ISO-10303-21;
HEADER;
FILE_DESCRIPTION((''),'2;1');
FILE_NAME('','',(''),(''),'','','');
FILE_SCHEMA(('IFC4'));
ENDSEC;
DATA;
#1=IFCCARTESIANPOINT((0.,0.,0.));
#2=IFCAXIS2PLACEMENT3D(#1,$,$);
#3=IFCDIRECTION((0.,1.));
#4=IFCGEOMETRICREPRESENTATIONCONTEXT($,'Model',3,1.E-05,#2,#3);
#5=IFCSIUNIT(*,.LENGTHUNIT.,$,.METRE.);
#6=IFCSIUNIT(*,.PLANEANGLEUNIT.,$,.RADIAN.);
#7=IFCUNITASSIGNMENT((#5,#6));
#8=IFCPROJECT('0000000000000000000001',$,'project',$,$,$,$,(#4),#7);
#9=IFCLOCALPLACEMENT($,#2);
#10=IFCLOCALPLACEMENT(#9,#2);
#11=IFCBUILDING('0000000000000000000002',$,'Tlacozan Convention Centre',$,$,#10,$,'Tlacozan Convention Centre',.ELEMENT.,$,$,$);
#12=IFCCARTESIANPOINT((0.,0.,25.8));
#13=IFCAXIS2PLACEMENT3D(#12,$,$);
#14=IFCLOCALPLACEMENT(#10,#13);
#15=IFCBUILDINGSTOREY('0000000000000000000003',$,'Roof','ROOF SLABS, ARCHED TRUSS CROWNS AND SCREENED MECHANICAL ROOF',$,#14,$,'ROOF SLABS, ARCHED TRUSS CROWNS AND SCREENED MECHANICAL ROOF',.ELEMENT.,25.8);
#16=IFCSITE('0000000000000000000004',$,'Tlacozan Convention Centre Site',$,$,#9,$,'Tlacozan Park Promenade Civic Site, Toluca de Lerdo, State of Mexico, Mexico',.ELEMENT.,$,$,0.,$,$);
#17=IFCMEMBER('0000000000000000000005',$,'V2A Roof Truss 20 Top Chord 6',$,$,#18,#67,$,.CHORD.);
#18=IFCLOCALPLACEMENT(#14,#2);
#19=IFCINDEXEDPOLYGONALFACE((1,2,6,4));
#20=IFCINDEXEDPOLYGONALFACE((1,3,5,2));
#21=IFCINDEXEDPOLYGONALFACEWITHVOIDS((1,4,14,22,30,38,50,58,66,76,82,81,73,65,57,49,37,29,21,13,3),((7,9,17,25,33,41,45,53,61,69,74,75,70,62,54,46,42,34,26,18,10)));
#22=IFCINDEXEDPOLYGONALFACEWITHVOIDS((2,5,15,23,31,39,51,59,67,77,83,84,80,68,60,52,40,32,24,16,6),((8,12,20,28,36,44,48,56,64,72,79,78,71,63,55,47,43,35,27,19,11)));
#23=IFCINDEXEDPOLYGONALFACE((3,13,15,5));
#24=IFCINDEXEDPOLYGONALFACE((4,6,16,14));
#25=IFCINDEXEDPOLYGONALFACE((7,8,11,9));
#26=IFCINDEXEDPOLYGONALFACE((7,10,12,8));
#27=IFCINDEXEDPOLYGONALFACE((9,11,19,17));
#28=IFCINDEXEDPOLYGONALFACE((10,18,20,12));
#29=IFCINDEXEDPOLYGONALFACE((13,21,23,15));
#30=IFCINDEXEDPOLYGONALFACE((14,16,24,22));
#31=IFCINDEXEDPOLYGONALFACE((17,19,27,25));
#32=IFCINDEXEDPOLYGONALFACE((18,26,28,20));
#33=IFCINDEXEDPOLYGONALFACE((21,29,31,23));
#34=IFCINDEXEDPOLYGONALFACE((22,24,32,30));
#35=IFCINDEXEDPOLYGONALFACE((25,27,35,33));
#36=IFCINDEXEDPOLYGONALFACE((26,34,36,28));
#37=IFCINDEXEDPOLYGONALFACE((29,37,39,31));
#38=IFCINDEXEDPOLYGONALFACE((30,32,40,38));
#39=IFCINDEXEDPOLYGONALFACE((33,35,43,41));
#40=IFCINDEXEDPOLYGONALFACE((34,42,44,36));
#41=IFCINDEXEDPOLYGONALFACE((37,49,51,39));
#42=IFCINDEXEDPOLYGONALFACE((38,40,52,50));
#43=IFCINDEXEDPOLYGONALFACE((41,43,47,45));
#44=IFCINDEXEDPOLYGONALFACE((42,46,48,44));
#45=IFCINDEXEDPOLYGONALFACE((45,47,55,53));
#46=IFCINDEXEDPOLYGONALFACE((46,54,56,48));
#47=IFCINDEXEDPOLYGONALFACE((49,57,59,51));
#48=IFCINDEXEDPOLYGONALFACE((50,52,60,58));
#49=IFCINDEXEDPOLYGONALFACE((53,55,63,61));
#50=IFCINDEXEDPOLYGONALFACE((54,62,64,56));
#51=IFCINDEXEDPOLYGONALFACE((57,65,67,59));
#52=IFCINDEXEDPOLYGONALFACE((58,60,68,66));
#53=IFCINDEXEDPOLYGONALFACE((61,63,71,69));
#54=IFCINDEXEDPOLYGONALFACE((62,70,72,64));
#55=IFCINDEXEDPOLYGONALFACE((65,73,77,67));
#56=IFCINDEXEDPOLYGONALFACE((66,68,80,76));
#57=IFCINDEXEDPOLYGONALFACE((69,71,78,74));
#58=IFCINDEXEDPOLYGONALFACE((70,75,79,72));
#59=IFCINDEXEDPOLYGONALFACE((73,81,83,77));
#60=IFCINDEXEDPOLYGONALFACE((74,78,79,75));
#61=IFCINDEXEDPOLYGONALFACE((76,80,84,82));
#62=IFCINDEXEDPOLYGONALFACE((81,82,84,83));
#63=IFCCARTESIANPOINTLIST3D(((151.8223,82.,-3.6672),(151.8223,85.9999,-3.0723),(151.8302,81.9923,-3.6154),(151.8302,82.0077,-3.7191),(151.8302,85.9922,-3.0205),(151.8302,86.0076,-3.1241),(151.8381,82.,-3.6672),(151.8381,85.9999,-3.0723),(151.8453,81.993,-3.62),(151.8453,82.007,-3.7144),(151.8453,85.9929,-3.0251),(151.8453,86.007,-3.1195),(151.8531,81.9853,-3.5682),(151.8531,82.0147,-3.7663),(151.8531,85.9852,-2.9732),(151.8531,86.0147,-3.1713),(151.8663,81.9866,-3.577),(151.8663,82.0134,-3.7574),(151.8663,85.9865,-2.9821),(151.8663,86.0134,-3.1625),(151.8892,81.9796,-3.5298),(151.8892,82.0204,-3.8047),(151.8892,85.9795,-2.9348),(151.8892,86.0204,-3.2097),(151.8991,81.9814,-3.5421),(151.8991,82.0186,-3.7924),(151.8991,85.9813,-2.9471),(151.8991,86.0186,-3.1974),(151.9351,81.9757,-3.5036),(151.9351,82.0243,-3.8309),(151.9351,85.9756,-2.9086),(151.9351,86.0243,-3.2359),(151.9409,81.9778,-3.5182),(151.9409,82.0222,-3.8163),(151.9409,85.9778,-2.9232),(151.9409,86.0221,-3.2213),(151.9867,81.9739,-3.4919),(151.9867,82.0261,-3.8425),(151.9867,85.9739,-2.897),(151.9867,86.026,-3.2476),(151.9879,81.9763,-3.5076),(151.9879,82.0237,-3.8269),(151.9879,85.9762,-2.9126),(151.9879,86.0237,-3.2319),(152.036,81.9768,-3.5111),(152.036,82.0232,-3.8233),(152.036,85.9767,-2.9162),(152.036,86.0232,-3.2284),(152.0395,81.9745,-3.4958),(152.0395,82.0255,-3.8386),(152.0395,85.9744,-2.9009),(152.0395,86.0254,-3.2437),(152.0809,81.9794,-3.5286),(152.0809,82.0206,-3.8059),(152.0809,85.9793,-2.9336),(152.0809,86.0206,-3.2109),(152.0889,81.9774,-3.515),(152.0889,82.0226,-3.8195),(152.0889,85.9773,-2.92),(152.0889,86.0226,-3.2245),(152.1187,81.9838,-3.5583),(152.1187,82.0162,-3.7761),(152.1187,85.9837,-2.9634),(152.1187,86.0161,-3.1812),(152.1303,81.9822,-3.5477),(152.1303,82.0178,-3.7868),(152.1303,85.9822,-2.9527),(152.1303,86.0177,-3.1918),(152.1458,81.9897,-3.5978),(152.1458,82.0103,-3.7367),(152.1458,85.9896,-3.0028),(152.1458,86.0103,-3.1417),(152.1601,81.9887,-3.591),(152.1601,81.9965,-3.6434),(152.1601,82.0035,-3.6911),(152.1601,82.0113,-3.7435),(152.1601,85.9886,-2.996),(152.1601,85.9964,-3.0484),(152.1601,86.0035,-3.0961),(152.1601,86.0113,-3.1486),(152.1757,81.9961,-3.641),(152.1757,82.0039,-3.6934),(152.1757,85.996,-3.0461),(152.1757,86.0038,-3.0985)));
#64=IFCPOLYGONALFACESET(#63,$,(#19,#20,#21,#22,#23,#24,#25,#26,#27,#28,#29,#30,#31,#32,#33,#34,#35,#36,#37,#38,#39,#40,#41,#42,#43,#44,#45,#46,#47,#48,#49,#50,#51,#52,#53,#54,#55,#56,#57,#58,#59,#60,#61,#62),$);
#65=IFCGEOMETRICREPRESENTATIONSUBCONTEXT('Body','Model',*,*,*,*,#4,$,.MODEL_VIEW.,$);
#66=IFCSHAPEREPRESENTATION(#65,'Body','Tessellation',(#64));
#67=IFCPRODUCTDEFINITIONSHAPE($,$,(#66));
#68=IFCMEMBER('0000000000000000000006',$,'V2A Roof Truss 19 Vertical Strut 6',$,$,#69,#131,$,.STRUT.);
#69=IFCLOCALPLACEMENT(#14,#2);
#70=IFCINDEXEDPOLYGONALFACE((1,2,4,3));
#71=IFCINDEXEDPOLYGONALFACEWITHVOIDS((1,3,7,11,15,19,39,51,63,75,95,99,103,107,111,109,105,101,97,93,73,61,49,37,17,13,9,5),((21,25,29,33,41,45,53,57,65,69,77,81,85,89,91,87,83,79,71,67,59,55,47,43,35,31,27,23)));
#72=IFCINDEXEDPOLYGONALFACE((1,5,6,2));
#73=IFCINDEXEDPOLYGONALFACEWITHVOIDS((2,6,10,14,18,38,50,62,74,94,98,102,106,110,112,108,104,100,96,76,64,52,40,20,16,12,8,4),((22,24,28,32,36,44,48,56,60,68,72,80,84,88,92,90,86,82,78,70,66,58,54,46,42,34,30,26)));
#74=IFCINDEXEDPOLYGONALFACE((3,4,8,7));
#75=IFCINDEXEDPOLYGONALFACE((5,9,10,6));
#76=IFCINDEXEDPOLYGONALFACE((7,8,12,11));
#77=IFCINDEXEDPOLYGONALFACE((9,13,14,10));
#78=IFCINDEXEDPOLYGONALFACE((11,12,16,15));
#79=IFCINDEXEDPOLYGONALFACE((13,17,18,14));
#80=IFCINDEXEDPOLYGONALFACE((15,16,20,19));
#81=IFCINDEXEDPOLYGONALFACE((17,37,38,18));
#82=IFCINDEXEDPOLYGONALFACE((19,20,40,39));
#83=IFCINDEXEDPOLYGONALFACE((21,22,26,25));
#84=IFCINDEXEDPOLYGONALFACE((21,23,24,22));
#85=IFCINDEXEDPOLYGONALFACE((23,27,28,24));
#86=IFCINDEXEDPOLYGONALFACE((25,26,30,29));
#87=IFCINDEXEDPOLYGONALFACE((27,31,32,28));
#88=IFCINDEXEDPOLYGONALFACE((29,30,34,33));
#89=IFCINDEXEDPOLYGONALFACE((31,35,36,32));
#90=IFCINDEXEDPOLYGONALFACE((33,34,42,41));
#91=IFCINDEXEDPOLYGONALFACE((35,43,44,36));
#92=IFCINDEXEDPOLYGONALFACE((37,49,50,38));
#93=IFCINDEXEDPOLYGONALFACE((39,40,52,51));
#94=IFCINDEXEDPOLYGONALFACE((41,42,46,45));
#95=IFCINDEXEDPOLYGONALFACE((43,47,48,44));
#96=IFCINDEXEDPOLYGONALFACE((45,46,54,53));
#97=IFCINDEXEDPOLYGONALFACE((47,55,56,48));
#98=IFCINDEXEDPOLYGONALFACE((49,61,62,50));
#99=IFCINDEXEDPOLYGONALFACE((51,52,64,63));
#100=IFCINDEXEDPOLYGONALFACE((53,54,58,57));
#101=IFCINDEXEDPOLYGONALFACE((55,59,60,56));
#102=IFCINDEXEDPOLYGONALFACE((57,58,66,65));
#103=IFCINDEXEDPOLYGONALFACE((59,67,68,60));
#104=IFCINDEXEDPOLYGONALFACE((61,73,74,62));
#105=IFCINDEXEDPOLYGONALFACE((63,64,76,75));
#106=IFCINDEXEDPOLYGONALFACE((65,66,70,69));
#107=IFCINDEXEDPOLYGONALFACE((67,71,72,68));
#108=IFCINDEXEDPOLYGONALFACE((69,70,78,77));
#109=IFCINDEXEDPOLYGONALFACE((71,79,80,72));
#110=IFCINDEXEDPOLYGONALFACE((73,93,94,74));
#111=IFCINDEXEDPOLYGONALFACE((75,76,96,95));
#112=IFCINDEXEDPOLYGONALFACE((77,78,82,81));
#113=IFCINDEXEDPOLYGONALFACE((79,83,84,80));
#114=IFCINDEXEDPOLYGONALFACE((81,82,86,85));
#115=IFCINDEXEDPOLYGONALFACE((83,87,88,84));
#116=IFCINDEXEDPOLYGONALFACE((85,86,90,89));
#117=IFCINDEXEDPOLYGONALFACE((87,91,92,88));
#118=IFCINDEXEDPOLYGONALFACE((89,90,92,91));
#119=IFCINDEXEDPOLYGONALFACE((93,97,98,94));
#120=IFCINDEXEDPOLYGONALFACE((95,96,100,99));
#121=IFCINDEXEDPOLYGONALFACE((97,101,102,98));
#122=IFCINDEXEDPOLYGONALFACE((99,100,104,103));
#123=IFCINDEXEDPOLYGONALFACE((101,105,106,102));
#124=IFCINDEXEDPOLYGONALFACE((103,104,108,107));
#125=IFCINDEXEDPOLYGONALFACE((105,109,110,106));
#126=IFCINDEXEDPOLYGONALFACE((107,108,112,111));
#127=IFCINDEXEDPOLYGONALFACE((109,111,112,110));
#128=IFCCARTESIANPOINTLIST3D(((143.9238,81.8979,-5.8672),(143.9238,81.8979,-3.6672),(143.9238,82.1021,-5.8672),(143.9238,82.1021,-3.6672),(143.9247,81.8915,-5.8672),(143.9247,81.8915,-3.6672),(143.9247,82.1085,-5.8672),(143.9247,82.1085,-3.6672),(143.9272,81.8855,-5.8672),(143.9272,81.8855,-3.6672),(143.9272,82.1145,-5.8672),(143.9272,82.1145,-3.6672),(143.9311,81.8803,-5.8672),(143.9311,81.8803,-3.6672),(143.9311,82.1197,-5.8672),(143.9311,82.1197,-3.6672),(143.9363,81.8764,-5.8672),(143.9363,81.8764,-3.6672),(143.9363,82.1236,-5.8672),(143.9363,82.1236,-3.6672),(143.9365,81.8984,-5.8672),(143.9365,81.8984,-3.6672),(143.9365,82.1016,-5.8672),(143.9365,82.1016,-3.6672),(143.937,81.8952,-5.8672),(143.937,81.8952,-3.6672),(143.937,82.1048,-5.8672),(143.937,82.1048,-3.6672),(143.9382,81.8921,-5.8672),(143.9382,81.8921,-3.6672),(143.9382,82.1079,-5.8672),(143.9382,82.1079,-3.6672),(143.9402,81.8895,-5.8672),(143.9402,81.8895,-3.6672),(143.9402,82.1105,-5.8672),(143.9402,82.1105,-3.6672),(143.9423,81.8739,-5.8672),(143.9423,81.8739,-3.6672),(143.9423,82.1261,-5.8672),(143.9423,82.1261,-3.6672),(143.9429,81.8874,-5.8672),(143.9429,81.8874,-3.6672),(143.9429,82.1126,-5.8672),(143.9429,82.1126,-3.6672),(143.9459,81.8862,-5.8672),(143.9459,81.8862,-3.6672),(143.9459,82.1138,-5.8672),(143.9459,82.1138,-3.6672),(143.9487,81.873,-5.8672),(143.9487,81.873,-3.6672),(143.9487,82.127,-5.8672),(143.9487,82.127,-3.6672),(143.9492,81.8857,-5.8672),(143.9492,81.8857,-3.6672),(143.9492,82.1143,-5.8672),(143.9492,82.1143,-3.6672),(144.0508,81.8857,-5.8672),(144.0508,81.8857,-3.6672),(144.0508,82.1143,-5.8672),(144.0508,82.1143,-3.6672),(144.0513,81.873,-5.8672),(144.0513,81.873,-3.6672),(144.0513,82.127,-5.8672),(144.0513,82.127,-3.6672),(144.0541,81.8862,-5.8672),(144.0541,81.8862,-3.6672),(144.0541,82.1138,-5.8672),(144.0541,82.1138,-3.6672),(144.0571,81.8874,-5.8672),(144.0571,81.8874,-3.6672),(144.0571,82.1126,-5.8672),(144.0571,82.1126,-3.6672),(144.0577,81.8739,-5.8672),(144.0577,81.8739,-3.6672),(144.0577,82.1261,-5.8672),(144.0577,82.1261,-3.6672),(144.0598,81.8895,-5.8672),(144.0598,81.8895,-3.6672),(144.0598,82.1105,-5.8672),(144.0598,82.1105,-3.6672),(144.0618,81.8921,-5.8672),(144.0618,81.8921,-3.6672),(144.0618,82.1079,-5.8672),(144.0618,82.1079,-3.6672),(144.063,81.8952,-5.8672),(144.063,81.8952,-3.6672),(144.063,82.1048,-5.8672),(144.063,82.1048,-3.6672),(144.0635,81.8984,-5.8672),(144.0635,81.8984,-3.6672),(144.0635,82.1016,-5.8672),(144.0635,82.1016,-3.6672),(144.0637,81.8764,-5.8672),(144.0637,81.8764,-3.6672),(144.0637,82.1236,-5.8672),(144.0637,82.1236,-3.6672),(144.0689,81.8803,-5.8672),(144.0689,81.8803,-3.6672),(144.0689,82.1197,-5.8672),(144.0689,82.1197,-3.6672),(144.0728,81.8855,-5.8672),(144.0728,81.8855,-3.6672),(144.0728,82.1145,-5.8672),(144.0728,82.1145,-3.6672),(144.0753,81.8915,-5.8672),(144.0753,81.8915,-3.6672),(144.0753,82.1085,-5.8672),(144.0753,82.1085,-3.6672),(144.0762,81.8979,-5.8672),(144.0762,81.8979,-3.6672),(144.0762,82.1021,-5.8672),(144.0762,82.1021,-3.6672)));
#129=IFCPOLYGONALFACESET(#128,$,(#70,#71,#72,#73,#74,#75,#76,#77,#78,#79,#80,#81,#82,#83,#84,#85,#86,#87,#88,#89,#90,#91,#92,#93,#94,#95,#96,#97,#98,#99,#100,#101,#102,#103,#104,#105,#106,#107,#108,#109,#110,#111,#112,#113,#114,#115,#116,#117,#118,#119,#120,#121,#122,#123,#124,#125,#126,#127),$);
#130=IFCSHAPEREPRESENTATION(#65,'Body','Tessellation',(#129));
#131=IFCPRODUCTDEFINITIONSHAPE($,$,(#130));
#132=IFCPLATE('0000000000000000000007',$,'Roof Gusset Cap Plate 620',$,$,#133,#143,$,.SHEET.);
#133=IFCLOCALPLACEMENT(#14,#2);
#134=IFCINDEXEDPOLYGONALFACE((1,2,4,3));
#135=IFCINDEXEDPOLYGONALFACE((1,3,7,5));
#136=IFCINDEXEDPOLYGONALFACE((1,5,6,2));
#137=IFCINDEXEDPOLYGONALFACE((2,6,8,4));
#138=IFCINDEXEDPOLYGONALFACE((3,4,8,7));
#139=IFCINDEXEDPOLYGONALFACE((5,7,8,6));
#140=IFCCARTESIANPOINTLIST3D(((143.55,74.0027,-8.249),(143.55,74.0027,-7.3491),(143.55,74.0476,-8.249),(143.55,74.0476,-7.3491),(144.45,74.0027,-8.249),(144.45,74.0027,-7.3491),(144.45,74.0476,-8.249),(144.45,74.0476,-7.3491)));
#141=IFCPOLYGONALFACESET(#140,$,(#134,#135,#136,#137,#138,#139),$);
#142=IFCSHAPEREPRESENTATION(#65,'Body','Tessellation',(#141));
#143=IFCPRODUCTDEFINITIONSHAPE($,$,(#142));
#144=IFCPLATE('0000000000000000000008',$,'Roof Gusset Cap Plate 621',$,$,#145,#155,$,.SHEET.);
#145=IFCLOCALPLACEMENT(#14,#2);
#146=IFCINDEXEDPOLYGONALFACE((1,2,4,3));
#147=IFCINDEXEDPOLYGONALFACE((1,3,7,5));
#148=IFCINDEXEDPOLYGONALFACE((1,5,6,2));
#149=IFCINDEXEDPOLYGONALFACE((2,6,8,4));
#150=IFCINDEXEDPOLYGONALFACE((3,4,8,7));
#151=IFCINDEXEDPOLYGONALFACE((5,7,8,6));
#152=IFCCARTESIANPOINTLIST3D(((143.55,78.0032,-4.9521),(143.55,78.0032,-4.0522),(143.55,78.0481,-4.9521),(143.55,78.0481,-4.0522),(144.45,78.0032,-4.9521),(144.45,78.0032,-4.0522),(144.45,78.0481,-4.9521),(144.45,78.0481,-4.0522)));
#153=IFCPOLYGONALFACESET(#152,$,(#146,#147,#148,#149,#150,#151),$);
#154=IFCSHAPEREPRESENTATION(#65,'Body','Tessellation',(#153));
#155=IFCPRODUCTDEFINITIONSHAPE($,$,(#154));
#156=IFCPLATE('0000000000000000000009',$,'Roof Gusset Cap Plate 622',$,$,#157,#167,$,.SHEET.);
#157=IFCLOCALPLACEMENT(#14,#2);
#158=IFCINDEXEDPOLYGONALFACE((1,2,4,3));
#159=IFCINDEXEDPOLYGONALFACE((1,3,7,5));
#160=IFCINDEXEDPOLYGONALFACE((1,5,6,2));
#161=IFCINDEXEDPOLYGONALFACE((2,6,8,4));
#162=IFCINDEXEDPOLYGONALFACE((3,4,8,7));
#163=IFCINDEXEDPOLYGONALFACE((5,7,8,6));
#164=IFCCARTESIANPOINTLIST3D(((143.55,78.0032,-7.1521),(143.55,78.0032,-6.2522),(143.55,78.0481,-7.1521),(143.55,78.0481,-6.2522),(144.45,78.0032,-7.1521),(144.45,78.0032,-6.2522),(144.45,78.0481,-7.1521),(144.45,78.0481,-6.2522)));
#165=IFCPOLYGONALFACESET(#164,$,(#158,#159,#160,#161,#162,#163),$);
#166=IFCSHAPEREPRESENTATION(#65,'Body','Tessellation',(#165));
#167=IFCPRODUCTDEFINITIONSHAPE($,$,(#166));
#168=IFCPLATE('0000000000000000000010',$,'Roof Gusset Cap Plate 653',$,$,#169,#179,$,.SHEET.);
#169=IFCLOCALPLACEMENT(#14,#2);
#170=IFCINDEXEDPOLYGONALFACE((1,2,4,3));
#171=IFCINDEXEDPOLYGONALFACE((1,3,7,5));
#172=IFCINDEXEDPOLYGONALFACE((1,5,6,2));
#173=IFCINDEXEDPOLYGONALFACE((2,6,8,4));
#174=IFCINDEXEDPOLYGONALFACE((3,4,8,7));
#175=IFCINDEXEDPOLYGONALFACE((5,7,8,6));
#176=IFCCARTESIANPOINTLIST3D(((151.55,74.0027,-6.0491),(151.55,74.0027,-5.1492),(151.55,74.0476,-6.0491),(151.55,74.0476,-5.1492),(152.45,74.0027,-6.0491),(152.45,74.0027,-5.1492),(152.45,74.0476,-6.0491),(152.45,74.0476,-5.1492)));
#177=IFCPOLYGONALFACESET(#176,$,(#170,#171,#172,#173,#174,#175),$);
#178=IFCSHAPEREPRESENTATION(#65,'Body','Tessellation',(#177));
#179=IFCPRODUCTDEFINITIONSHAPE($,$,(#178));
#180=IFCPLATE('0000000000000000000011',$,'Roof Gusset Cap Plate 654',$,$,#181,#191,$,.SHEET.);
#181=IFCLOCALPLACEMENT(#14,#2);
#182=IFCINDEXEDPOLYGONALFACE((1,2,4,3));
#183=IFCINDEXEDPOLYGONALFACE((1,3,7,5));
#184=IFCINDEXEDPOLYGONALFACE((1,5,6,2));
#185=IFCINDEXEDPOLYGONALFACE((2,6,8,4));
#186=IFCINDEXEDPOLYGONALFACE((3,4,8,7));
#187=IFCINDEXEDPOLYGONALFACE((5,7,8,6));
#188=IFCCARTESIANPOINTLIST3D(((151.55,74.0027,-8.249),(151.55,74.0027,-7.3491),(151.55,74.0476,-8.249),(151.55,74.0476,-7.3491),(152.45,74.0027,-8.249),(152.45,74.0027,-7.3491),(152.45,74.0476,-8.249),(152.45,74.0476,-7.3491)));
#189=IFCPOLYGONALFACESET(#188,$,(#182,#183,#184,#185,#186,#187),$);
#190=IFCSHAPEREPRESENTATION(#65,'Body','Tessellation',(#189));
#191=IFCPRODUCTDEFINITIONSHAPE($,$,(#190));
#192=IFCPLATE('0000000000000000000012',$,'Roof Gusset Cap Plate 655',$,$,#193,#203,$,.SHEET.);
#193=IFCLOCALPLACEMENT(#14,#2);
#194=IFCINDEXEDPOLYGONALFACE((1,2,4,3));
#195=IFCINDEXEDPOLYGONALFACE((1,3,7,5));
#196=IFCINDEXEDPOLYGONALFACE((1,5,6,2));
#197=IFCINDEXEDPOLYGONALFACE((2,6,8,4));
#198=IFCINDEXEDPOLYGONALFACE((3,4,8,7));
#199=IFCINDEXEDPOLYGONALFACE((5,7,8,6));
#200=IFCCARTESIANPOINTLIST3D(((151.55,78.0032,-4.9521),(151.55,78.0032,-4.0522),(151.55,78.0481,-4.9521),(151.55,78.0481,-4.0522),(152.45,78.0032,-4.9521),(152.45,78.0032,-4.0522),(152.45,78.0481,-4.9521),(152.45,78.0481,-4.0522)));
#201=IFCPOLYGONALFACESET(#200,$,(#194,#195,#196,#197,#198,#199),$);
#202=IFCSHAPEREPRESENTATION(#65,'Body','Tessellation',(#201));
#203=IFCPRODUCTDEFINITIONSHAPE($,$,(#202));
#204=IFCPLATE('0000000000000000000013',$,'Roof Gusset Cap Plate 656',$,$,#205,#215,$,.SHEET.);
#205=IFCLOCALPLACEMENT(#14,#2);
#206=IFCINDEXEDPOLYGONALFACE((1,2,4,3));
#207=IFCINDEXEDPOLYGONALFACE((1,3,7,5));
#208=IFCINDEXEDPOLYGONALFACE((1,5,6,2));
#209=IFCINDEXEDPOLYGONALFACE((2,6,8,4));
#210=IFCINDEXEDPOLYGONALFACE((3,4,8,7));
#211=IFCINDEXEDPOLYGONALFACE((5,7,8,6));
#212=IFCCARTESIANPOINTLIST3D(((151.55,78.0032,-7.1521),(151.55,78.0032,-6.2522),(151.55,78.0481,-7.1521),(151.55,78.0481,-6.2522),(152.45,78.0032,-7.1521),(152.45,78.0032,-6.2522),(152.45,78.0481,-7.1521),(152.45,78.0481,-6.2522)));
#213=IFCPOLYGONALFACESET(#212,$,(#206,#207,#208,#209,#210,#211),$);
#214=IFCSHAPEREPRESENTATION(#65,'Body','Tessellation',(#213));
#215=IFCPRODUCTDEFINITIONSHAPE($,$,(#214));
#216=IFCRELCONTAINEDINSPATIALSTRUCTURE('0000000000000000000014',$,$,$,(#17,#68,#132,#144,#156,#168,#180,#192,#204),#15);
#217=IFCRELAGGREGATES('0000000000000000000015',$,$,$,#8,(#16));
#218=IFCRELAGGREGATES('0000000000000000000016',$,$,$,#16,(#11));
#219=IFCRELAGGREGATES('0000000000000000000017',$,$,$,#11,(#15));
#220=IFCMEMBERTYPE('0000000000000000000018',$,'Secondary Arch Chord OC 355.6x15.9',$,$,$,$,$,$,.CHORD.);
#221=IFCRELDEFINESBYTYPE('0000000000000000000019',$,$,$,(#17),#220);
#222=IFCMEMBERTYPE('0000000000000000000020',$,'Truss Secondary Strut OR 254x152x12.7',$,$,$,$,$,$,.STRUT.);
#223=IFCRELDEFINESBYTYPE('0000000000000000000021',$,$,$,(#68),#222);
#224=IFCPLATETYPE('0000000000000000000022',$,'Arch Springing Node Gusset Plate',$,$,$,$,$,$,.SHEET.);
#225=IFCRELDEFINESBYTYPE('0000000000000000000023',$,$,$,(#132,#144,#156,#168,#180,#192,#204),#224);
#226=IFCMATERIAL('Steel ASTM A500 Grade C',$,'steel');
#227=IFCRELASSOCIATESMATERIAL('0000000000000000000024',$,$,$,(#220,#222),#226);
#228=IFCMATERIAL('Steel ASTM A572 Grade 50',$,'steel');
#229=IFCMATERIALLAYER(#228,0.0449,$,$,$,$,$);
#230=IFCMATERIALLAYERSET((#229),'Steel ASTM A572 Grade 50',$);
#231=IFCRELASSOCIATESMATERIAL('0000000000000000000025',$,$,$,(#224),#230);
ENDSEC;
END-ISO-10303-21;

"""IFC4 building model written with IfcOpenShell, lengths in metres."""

from ifc_helpers import new_model, si_unit, direction, frame, origin, origin_2d, place, context, subcontext, project, spatial, rectangle, hollow_rectangle, hollow_circle, extrude, material, layer, layer_set, material_profile, profile_set, type_object, element, save


model = new_model("IFC4")

# Units and contexts
model_context = context("Model", 3, precision=1e-05, world=origin(), true_north=direction((0.0, 1.0)))
body_context = subcontext(model_context, "Body", "Model", "MODEL_VIEW")
ifc_project = project(units=[si_unit("LENGTHUNIT", "METRE"), si_unit("PLANEANGLEUNIT", "RADIAN")], contexts=[model_context])

# Site, building, storey
site_placement = place(None, origin())
site = spatial("IfcSite", under=ifc_project, at=site_placement, Name="Tlacozan Convention Centre Site", LongName="Tlacozan Park Promenade Civic Site, Toluca de Lerdo, State of Mexico, Mexico", CompositionType="ELEMENT", RefElevation=0.0)
building_placement = place(site_placement, origin())
building = spatial("IfcBuilding", under=site, at=building_placement, Name="Tlacozan Convention Centre", LongName="Tlacozan Convention Centre", CompositionType="ELEMENT")
storey_placement = place(building_placement, frame((0.0, 0.0, 25.8)))
storey = spatial("IfcBuildingStorey", under=building, at=storey_placement, Name="Roof", Description="ROOF SLABS, ARCHED TRUSS CROWNS AND SCREENED MECHANICAL ROOF", LongName="ROOF SLABS, ARCHED TRUSS CROWNS AND SCREENED MECHANICAL ROOF", CompositionType="ELEMENT", Elevation=25.8)

# Members
ifc_material_1 = material(Name="Steel ASTM A500 Grade C", Category="steel")
ifc_material_profile_1 = material_profile(ifc_material_1, hollow_circle(Radius=0.1777, WallThickness=0.0159, at=origin_2d()), Name="OC 355.6x15.9")
ifc_profile_set_1 = profile_set([ifc_material_profile_1], Name="Steel ASTM A500 Grade C")
member_type_1 = type_object("IfcMemberType", Name="Secondary Arch Chord OC 355.6x15.9", PredefinedType="CHORD", material=ifc_profile_set_1)
member_1_placement = place(storey_placement, frame((152.0, 82.0, -3.6672), z_axis=(0.0, 0.989118, 0.147124), x_axis=(-1.0, 0.0, 0.0)))
element("IfcMember", 1, at=member_1_placement, inside=storey, type_object=member_type_1, Name="V2A Roof Truss 20 Top Chord 6", PredefinedType="CHORD", context=body_context, shape_type="SweptSolid", body=[
    extrude(hollow_circle(Radius=0.1777, WallThickness=0.0159, at=origin_2d()), origin(), (0.0, 0.0, 1.0), 4.0439),
])
ifc_material_profile_2 = material_profile(ifc_material_1, hollow_rectangle(XDim=0.1523, YDim=0.2539, WallThickness=0.0127, InnerFilletRadius=0.0127, OuterFilletRadius=0.0249, at=origin_2d()), Name="OR 254x152x12.7")
ifc_profile_set_2 = profile_set([ifc_material_profile_2], Name="Steel ASTM A500 Grade C")
member_type_2 = type_object("IfcMemberType", Name="Truss Secondary Strut OR 254x152x12.7", PredefinedType="STRUT", material=ifc_profile_set_2)
member_2_placement = place(storey_placement, frame((144.0, 82.0, -5.8672), z_axis=(0.0, 0.0, 1.0), x_axis=(1.0, 0.0, 0.0)))
element("IfcMember", 2, at=member_2_placement, inside=storey, type_object=member_type_2, Name="V2A Roof Truss 19 Vertical Strut 6", PredefinedType="STRUT", context=body_context, shape_type="SweptSolid", body=[
    extrude(hollow_rectangle(XDim=0.1523, YDim=0.2539, WallThickness=0.0127, InnerFilletRadius=0.0127, OuterFilletRadius=0.0249, at=origin_2d()), origin(), (0.0, 0.0, 1.0), 2.2),
])

# Plates
ifc_material_2 = material(Name="Steel ASTM A572 Grade 50", Category="steel")
ifc_layer = layer(ifc_material_2, 0.0449)
ifc_layer_set = layer_set([ifc_layer], Name="Steel ASTM A572 Grade 50")
plate_type = type_object("IfcPlateType", Name="Arch Springing Node Gusset Plate", PredefinedType="SHEET", material=ifc_layer_set)
for number, where, z_axis, x_axis, name in (
    (3, (144.0, 74.0251, -8.249), (0.0, 0.0, 1.0), (0.0, 1.0, 0.0), "Roof Gusset Cap Plate 620"),
    (4, (144.0, 78.0256, -4.9521), (0.0, 0.0, 1.0), (0.0, 1.0, 0.0), "Roof Gusset Cap Plate 621"),
    (5, (144.0, 78.0256, -7.1521), (0.0, 0.0, 1.0), (0.0, 1.0, 0.0), "Roof Gusset Cap Plate 622"),
    (6, (152.0, 74.0251, -6.0491), (0.0, 0.0, 1.0), (0.0, 1.0, 0.0), "Roof Gusset Cap Plate 653"),
    (7, (152.0, 74.0251, -8.249), (0.0, 0.0, 1.0), (0.0, 1.0, 0.0), "Roof Gusset Cap Plate 654"),
    (8, (152.0, 78.0256, -4.9521), (0.0, 0.0, 1.0), (0.0, 1.0, 0.0), "Roof Gusset Cap Plate 655"),
    (9, (152.0, 78.0256, -7.1521), (0.0, 0.0, 1.0), (0.0, 1.0, 0.0), "Roof Gusset Cap Plate 656"),
):
    element("IfcPlate", number, at=place(storey_placement, frame(where, z_axis=z_axis, x_axis=x_axis)), inside=storey, type_object=plate_type, Name=name, PredefinedType="SHEET", context=body_context, shape_type="SweptSolid", body=[
        extrude(rectangle(XDim=0.0449, YDim=0.8999, at=origin_2d()), origin(), (0.0, 0.0, 1.0), 0.8999),
    ])

save(model, "model.ifc")
